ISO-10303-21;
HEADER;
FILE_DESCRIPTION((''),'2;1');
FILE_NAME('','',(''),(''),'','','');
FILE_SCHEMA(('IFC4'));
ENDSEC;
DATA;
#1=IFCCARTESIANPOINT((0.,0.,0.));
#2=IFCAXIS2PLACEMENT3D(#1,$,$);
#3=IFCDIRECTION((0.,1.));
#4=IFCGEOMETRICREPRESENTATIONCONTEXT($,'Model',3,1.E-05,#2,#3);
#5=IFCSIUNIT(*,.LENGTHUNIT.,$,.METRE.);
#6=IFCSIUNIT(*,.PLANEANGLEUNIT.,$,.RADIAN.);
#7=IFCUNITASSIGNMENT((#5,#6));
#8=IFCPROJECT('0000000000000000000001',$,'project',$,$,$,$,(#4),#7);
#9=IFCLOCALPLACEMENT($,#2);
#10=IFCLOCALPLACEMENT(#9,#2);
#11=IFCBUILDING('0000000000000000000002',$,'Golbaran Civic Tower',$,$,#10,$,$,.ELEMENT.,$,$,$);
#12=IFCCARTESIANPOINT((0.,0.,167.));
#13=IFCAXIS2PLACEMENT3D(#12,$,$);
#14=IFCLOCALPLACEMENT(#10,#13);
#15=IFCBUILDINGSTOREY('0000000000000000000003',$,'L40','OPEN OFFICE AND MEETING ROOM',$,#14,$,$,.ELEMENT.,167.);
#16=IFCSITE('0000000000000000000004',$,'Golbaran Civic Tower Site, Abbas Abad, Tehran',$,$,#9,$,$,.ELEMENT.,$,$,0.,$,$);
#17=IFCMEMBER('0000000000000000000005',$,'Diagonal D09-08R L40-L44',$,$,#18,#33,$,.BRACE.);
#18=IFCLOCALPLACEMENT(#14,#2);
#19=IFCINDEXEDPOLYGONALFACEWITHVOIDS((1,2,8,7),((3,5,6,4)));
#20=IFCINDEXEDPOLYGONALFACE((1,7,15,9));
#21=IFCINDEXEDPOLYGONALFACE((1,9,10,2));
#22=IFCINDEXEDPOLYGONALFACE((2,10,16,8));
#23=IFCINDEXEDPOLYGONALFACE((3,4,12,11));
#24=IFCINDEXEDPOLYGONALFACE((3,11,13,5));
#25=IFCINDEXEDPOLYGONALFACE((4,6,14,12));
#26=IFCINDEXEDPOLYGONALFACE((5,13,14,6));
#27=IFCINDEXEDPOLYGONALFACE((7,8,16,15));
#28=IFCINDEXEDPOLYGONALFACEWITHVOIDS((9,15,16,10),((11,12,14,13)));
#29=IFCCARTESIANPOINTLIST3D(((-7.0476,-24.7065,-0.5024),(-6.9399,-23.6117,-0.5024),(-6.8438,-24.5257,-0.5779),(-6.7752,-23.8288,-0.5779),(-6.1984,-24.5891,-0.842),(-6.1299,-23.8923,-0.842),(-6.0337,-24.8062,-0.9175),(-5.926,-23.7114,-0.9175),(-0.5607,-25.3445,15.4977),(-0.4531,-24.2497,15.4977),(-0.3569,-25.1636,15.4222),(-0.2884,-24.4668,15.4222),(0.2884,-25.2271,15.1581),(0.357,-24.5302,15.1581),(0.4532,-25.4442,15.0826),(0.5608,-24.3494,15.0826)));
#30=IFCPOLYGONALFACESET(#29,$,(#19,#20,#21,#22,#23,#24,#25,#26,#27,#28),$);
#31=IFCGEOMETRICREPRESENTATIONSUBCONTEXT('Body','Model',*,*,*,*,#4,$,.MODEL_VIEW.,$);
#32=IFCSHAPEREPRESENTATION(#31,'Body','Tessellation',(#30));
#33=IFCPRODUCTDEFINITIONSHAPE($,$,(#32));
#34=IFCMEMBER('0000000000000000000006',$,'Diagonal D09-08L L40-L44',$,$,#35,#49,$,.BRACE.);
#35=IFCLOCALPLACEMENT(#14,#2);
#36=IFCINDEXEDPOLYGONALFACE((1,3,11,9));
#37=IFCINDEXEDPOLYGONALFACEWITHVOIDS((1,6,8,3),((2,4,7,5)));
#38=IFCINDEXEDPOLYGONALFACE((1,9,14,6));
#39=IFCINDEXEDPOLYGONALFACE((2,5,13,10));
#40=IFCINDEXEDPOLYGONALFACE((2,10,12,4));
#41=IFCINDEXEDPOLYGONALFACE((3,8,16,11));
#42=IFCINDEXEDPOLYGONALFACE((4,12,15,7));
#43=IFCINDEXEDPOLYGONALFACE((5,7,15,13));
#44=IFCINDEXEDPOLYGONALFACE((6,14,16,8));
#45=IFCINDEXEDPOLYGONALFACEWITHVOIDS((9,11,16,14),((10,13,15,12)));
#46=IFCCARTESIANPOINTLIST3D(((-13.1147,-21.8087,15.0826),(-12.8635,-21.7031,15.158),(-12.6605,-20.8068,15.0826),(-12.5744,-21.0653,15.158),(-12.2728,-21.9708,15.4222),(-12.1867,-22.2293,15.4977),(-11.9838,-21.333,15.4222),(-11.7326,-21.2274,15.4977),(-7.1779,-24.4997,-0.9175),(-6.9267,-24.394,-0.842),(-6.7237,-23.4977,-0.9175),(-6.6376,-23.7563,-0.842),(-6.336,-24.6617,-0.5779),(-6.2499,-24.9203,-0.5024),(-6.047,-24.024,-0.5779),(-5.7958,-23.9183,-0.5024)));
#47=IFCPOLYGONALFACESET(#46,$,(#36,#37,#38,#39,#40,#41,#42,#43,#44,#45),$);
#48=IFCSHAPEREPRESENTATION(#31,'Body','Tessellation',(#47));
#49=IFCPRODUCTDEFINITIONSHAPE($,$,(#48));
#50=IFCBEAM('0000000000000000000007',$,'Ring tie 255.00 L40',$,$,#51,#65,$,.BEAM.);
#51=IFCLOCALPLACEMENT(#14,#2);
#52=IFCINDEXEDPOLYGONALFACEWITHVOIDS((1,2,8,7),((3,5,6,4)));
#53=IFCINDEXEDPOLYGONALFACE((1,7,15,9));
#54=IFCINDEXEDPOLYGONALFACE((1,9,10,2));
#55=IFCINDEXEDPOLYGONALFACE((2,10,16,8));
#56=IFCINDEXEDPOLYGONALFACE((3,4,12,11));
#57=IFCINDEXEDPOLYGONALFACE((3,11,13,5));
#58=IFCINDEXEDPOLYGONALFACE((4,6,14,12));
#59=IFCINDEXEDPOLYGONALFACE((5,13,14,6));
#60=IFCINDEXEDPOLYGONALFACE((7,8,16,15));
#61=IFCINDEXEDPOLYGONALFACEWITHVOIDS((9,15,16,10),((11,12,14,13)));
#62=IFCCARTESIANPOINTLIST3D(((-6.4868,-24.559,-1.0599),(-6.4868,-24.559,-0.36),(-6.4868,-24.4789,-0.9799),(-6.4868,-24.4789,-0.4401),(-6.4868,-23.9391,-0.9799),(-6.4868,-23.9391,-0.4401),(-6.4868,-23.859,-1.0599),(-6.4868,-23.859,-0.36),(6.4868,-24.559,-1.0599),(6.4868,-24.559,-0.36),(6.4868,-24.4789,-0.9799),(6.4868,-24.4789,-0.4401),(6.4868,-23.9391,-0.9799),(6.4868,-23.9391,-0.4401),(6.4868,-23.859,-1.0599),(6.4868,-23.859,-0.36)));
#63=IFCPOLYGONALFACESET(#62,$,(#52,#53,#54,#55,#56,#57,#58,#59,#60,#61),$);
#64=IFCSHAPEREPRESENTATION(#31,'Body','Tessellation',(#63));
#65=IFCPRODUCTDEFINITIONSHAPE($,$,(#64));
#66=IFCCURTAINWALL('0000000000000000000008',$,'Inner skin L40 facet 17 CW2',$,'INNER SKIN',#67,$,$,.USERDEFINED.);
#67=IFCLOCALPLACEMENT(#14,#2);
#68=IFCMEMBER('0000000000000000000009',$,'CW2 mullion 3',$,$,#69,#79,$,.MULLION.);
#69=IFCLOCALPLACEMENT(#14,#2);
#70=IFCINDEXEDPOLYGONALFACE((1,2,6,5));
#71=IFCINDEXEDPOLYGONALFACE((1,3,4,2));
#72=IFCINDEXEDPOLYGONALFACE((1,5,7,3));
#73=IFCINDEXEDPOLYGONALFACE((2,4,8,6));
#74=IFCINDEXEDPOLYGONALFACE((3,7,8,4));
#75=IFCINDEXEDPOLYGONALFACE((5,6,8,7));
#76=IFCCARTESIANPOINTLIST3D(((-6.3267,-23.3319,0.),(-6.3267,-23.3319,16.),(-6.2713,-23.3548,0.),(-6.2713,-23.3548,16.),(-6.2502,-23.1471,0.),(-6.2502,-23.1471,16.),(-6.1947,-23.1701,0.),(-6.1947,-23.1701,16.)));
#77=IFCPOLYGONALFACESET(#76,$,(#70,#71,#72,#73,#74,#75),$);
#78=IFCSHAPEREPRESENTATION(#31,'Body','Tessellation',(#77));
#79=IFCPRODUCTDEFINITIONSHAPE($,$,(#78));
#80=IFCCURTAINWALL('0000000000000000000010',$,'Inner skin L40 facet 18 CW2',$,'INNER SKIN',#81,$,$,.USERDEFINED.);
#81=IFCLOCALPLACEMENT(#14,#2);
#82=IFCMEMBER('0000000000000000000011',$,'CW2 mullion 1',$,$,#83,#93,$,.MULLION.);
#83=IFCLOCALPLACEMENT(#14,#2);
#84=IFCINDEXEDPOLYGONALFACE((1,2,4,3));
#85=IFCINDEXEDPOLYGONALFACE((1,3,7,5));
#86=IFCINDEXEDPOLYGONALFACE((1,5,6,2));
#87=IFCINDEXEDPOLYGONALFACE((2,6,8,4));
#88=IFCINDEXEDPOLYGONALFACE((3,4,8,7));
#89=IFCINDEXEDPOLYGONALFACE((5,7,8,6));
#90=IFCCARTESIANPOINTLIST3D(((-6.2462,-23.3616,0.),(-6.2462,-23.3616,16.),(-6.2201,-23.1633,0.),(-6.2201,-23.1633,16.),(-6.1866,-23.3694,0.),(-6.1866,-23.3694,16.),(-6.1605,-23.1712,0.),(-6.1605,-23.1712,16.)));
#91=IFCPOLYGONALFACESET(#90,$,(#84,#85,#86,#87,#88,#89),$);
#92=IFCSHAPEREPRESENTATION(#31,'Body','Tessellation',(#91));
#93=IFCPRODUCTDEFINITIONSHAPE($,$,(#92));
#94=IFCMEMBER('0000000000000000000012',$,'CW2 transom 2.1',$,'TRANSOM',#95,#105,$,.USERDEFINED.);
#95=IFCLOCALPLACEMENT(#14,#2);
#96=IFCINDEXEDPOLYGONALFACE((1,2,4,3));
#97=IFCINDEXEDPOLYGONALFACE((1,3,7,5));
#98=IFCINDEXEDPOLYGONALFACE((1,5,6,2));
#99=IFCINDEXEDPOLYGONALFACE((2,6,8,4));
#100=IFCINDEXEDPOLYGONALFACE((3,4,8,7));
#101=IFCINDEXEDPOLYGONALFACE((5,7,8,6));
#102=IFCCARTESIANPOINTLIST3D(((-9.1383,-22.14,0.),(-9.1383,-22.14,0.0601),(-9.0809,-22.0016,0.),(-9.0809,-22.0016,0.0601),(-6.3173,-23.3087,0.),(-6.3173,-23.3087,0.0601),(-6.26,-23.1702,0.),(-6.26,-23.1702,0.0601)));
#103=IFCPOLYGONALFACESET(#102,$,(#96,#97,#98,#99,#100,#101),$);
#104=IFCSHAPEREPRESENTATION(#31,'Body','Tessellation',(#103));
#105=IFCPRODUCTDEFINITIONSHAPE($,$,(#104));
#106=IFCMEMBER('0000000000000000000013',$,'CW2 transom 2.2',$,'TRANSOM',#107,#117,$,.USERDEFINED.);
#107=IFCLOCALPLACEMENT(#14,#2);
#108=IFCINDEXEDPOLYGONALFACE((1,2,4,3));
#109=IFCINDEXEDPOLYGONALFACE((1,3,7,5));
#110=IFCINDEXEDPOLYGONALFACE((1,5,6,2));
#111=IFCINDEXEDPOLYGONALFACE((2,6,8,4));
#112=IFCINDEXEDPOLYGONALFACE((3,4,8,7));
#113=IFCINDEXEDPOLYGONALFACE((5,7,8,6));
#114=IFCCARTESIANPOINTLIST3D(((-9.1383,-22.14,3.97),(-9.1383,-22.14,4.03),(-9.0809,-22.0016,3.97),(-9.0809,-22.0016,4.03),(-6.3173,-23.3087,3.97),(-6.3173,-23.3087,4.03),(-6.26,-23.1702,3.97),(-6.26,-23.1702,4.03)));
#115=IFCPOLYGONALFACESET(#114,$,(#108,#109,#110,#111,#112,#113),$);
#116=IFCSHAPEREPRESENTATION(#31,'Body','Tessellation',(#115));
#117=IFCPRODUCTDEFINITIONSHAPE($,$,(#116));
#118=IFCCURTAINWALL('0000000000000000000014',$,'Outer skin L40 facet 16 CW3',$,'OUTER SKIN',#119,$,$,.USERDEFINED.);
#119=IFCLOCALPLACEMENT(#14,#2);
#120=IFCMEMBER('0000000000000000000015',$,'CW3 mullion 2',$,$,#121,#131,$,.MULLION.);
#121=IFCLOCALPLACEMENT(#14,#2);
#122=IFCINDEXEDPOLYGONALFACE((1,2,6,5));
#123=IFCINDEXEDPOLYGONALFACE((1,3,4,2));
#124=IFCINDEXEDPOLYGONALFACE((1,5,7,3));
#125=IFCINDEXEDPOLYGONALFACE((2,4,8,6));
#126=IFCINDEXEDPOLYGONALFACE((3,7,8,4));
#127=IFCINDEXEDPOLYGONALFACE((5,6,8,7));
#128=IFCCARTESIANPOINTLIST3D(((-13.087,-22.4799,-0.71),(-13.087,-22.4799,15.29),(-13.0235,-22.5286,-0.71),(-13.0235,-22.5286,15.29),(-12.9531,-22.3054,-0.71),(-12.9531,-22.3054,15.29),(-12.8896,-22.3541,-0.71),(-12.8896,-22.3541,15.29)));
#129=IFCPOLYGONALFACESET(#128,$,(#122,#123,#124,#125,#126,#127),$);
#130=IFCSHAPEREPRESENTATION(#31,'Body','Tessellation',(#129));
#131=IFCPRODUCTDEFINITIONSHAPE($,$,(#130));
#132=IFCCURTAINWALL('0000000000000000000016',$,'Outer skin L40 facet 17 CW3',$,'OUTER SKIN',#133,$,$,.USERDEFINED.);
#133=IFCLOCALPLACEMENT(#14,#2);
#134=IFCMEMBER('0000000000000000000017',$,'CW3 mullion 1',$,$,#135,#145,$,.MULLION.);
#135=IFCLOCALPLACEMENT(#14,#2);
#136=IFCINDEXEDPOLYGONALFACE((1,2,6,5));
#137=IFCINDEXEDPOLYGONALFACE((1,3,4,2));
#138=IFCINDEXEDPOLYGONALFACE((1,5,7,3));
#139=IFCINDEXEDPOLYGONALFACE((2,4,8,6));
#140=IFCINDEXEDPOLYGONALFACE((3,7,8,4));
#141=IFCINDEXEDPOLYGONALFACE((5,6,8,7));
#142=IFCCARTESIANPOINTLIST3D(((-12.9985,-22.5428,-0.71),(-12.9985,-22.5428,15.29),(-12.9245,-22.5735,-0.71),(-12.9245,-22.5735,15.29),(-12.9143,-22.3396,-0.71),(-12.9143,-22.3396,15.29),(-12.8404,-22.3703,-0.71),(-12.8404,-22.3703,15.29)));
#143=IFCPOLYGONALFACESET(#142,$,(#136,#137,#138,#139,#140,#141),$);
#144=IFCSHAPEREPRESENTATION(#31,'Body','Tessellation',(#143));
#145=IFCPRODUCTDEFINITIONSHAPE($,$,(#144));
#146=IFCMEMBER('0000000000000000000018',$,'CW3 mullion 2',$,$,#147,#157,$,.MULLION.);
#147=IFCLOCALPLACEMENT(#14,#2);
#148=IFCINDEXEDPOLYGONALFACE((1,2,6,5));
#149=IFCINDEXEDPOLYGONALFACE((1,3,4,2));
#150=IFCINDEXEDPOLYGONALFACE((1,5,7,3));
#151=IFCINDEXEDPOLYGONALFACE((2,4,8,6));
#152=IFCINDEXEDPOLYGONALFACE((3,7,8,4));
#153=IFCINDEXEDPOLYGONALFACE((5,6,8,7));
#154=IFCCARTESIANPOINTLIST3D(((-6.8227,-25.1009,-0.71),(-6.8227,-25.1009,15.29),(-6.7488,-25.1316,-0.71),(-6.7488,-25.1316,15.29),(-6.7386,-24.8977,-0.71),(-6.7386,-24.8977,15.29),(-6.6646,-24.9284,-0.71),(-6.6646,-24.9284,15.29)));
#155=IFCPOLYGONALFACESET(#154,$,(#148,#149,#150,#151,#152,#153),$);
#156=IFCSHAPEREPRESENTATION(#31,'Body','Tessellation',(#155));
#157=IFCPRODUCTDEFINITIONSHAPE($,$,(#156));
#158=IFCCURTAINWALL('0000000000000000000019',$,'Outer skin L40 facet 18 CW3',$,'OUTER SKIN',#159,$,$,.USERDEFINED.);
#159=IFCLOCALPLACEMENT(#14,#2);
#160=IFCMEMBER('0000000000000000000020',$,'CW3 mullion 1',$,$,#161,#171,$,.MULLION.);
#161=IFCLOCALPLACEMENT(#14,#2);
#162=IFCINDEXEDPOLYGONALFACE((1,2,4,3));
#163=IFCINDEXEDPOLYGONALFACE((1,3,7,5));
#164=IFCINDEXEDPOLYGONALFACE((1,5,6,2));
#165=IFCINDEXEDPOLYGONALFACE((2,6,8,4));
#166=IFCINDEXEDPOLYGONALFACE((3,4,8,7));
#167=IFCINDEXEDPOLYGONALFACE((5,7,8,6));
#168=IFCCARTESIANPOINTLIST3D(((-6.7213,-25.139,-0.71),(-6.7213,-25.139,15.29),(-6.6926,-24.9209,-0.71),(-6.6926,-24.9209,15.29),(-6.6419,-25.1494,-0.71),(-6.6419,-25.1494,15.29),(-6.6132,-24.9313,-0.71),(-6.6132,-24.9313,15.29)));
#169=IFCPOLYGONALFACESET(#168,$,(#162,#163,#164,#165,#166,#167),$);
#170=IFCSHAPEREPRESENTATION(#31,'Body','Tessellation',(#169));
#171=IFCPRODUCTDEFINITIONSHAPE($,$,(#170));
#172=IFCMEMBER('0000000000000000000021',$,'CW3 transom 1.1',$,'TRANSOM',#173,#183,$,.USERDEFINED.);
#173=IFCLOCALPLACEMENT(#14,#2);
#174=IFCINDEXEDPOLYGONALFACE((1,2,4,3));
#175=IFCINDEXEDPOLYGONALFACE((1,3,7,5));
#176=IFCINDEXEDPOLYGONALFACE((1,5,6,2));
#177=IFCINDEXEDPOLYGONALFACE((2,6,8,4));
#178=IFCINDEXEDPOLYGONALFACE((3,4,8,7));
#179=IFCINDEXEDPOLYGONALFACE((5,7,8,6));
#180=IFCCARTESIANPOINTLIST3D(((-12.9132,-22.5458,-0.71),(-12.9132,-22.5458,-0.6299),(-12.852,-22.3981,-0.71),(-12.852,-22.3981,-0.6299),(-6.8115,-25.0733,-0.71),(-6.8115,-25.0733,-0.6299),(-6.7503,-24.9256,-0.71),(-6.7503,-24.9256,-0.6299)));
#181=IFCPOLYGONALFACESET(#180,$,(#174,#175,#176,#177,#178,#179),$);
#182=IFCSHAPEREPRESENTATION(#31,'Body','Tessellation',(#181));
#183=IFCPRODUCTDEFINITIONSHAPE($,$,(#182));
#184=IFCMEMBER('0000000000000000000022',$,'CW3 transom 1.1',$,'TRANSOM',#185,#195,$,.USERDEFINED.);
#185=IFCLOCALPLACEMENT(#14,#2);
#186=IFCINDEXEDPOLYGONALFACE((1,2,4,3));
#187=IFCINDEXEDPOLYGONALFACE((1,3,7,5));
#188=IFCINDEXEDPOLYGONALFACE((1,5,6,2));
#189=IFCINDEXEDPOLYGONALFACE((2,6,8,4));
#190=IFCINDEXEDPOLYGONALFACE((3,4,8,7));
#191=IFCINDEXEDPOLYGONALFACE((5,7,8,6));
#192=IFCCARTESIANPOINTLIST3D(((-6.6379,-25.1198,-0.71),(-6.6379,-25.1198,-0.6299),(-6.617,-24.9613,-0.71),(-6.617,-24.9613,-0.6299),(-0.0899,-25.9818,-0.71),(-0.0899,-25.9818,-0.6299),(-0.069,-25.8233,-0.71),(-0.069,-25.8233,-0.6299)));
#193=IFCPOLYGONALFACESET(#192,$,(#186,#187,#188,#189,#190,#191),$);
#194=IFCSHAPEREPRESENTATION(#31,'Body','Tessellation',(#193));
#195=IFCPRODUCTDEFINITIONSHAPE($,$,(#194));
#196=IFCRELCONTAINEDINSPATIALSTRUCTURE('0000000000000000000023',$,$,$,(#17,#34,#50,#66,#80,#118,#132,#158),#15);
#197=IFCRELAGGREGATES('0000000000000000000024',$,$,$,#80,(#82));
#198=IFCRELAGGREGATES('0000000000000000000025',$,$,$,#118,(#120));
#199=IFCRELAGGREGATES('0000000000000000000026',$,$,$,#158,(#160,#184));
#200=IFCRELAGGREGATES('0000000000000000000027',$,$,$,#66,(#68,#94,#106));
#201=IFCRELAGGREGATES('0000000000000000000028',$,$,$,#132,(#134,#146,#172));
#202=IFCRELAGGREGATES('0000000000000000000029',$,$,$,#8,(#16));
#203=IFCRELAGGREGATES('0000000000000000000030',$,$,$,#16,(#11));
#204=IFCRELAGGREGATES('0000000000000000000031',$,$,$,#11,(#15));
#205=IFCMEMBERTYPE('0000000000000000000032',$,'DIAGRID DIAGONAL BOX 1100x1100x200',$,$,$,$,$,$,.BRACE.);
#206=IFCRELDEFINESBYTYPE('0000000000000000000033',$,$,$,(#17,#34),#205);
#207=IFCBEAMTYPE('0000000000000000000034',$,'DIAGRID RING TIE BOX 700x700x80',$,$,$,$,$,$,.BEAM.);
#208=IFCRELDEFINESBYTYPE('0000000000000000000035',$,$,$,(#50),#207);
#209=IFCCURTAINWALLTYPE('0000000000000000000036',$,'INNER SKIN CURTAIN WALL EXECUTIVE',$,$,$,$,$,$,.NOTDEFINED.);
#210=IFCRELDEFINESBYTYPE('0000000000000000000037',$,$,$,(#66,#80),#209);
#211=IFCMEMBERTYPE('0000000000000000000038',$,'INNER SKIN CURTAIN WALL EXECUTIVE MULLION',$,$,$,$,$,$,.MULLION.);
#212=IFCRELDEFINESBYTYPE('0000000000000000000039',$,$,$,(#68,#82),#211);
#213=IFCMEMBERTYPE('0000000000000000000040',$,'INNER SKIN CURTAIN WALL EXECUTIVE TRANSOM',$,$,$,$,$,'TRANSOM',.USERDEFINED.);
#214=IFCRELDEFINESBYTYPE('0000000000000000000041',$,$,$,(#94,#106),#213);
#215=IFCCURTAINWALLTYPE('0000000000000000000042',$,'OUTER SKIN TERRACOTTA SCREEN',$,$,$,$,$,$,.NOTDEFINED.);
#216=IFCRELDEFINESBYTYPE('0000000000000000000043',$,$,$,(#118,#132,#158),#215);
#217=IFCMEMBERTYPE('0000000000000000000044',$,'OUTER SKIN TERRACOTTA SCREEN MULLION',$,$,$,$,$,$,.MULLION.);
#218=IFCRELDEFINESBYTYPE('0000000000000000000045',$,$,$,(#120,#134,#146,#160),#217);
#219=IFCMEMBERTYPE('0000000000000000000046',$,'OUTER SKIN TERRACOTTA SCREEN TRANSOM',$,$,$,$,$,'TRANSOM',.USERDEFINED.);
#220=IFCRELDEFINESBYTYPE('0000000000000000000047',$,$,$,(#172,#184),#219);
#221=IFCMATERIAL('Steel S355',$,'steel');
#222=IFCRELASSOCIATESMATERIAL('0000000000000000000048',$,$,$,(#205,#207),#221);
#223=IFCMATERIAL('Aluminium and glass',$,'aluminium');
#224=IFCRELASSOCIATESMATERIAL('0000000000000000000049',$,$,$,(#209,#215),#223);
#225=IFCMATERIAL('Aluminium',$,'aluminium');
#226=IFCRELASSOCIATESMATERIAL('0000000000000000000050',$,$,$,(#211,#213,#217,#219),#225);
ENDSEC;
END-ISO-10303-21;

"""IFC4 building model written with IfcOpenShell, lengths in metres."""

from ifc_helpers import new_model, si_unit, direction, frame, origin, origin_2d, place, context, subcontext, project, spatial, rectangle, hollow_rectangle, extrude, material, material_profile, profile_set, type_object, element, aggregate, save


model = new_model("IFC4")

# Units and contexts
model_context = context("Model", 3, precision=1e-05, world=origin(), true_north=direction((0.0, 1.0)))
body_context = subcontext(model_context, "Body", "Model", "MODEL_VIEW")
ifc_project = project(units=[si_unit("LENGTHUNIT", "METRE"), si_unit("PLANEANGLEUNIT", "RADIAN")], contexts=[model_context])

# Site, building, storey
site_placement = place(None, origin())
site = spatial("IfcSite", under=ifc_project, at=site_placement, Name="Golbaran Civic Tower Site, Abbas Abad, Tehran", CompositionType="ELEMENT", RefElevation=0.0)
building_placement = place(site_placement, origin())
building = spatial("IfcBuilding", under=site, at=building_placement, Name="Golbaran Civic Tower", CompositionType="ELEMENT")
storey_placement = place(building_placement, frame((0.0, 0.0, 167.0)))
storey = spatial("IfcBuildingStorey", under=building, at=storey_placement, Name="L40", Description="OPEN OFFICE AND MEETING ROOM", CompositionType="ELEMENT", Elevation=167.0)

# Members
ifc_material_1 = material(Name="Steel S355", Category="steel")
ifc_material_profile_1 = material_profile(ifc_material_1, hollow_rectangle(XDim=1.1001, YDim=1.1001, WallThickness=0.2, at=origin_2d()), Name="BOX 1100x1100x200")
ifc_profile_set_1 = profile_set([ifc_material_profile_1], Name="Steel S355")
member_type_1 = type_object("IfcMemberType", Name="DIAGRID DIAGONAL BOX 1100x1100x200", PredefinedType="BRACE", material=ifc_profile_set_1)
for number, where, z_axis, x_axis, name in (
    (1, (-6.4868, -24.209, -0.71), (0.375465, -0.036925, 0.926101), (0.097872, 0.995199, 0.0), "Diagonal D09-08R L40-L44"),
    (2, (-6.4868, -24.209, -0.71), (-0.343627, 0.155754, 0.9261), (-0.412835, -0.910806, 0.0), "Diagonal D09-08L L40-L44"),
):
    element("IfcMember", number, at=place(storey_placement, frame(where, z_axis=z_axis, x_axis=x_axis)), inside=storey, type_object=member_type_1, Name=name, PredefinedType="BRACE", context=body_context, shape_type="SweptSolid", body=[
        extrude(hollow_rectangle(XDim=1.1001, YDim=1.1001, WallThickness=0.2, at=origin_2d()), origin(), (0.0, 0.0, 1.0), 17.2769),
    ])

# Beam
ifc_material_profile_2 = material_profile(ifc_material_1, hollow_rectangle(XDim=0.7, YDim=0.7, WallThickness=0.0801, at=origin_2d()), Name="BOX 700x700x80")
ifc_profile_set_2 = profile_set([ifc_material_profile_2], Name="Steel S355")
beam_type = type_object("IfcBeamType", Name="DIAGRID RING TIE BOX 700x700x80", PredefinedType="BEAM", material=ifc_profile_set_2)
beam_placement = place(storey_placement, frame((-6.4868, -24.209, -0.71), z_axis=(1.0, 0.0, 0.0), x_axis=(0.0, 1.0, 0.0)))
element("IfcBeam", 3, at=beam_placement, inside=storey, type_object=beam_type, Name="Ring tie 255.00 L40", PredefinedType="BEAM", context=body_context, shape_type="SweptSolid", body=[
    extrude(hollow_rectangle(XDim=0.7, YDim=0.7, WallThickness=0.0801, at=origin_2d()), origin(), (0.0, 0.0, 1.0), 12.9736),
])

# Curtain walls, members
ifc_material_2 = material(Name="Aluminium and glass", Category="aluminium")
curtain_wall_type_1 = type_object("IfcCurtainWallType", Name="INNER SKIN CURTAIN WALL EXECUTIVE", PredefinedType="NOTDEFINED", material=ifc_material_2)
curtain_wall_1_placement = place(storey_placement, origin())
curtain_wall_1 = element("IfcCurtainWall", 4, at=curtain_wall_1_placement, inside=storey, type_object=curtain_wall_type_1, Name="Inner skin L40 facet 17 CW2", ObjectType="INNER SKIN", PredefinedType="USERDEFINED")
ifc_material_3 = material(Name="Aluminium", Category="aluminium")
ifc_material_profile_3 = material_profile(ifc_material_3, rectangle(XDim=0.2, YDim=0.0601, at=origin_2d()), Name="INNER SKIN CURTAIN WALL EXECUTIVE MULLION")
ifc_profile_set_3 = profile_set([ifc_material_profile_3], Name="Aluminium")
member_type_2 = type_object("IfcMemberType", Name="INNER SKIN CURTAIN WALL EXECUTIVE MULLION", PredefinedType="MULLION", material=ifc_profile_set_3)
member_1_placement = place(storey_placement, frame((-6.2607, -23.251, 0.0), z_axis=(0.0, 0.0, 1.0), x_axis=(0.382683, 0.92388, 0.0)))
member_1 = element("IfcMember", 5, at=member_1_placement, type_object=member_type_2, Name="CW2 mullion 3", PredefinedType="MULLION", context=body_context, shape_type="SweptSolid", body=[
    extrude(rectangle(XDim=0.2, YDim=0.0601, at=origin_2d()), origin(), (0.0, 0.0, 1.0), 16.0),
])
curtain_wall_2_placement = place(storey_placement, origin())
curtain_wall_2 = element("IfcCurtainWall", 6, at=curtain_wall_2_placement, inside=storey, type_object=curtain_wall_type_1, Name="Inner skin L40 facet 18 CW2", ObjectType="INNER SKIN", PredefinedType="USERDEFINED")
member_2_placement = place(storey_placement, frame((-6.2034, -23.2664, 0.0), z_axis=(0.0, 0.0, 1.0), x_axis=(0.130526, 0.991445, 0.0)))
member_2 = element("IfcMember", 7, at=member_2_placement, type_object=member_type_2, Name="CW2 mullion 1", PredefinedType="MULLION", context=body_context, shape_type="SweptSolid", body=[
    extrude(rectangle(XDim=0.2, YDim=0.0601, at=origin_2d()), origin(), (0.0, 0.0, 1.0), 16.0),
])
aggregate(curtain_wall_2, [member_2])

# Members
ifc_material_profile_4 = material_profile(ifc_material_3, rectangle(XDim=0.1499, YDim=0.0601, at=origin_2d()), Name="INNER SKIN CURTAIN WALL EXECUTIVE TRANSOM")
ifc_profile_set_4 = profile_set([ifc_material_profile_4], Name="Aluminium")
member_type_3 = type_object("IfcMemberType", Name="INNER SKIN CURTAIN WALL EXECUTIVE TRANSOM", ElementType="TRANSOM", PredefinedType="USERDEFINED", material=ifc_profile_set_4)
member_3_placement = place(storey_placement, frame((-9.1096, -22.0708, 0.03), z_axis=(0.923858, -0.382735, 0.0), x_axis=(0.382735, 0.923858, 0.0)))
member_3 = element("IfcMember", 8, at=member_3_placement, type_object=member_type_3, Name="CW2 transom 2.1", ObjectType="TRANSOM", PredefinedType="USERDEFINED", context=body_context, shape_type="SweptSolid", body=[
    extrude(rectangle(XDim=0.1499, YDim=0.0601, at=origin_2d()), origin(), (0.0, 0.0, 1.0), 3.0535),
])
member_4_placement = place(storey_placement, frame((-9.1096, -22.0708, 4.0), z_axis=(0.923858, -0.382735, 0.0), x_axis=(0.382735, 0.923858, 0.0)))
member_4 = element("IfcMember", 9, at=member_4_placement, type_object=member_type_3, Name="CW2 transom 2.2", ObjectType="TRANSOM", PredefinedType="USERDEFINED", context=body_context, shape_type="SweptSolid", body=[
    extrude(rectangle(XDim=0.1499, YDim=0.0601, at=origin_2d()), origin(), (0.0, 0.0, 1.0), 3.0535),
])

# Curtain wall, member
curtain_wall_type_2 = type_object("IfcCurtainWallType", Name="OUTER SKIN TERRACOTTA SCREEN", PredefinedType="NOTDEFINED", material=ifc_material_2)
curtain_wall_3_placement = place(storey_placement, origin())
curtain_wall_3 = element("IfcCurtainWall", 10, at=curtain_wall_3_placement, inside=storey, type_object=curtain_wall_type_2, Name="Outer skin L40 facet 16 CW3", ObjectType="OUTER SKIN", PredefinedType="USERDEFINED")
ifc_material_profile_5 = material_profile(ifc_material_3, rectangle(XDim=0.22, YDim=0.0801, at=origin_2d()), Name="OUTER SKIN TERRACOTTA SCREEN MULLION")
ifc_profile_set_5 = profile_set([ifc_material_profile_5], Name="Aluminium")
member_type_4 = type_object("IfcMemberType", Name="OUTER SKIN TERRACOTTA SCREEN MULLION", PredefinedType="MULLION", material=ifc_profile_set_5)
member_5_placement = place(storey_placement, frame((-12.9883, -22.417, -0.71), z_axis=(0.0, 0.0, 1.0), x_axis=(0.608761, 0.793353, 0.0)))
member_5 = element("IfcMember", 11, at=member_5_placement, type_object=member_type_4, Name="CW3 mullion 2", PredefinedType="MULLION", context=body_context, shape_type="SweptSolid", body=[
    extrude(rectangle(XDim=0.22, YDim=0.0801, at=origin_2d()), origin(), (0.0, 0.0, 1.0), 16.0),
])
aggregate(curtain_wall_3, [member_5])

# Curtain wall, members
curtain_wall_4_placement = place(storey_placement, origin())
curtain_wall_4 = element("IfcCurtainWall", 12, at=curtain_wall_4_placement, inside=storey, type_object=curtain_wall_type_2, Name="Outer skin L40 facet 17 CW3", ObjectType="OUTER SKIN", PredefinedType="USERDEFINED")
member_6_placement = place(storey_placement, frame((-12.9194, -22.4565, -0.71), z_axis=(0.0, 0.0, 1.0), x_axis=(0.382683, 0.92388, 0.0)))
member_6 = element("IfcMember", 13, at=member_6_placement, type_object=member_type_4, Name="CW3 mullion 1", PredefinedType="MULLION", context=body_context, shape_type="SweptSolid", body=[
    extrude(rectangle(XDim=0.22, YDim=0.0801, at=origin_2d()), origin(), (0.0, 0.0, 1.0), 16.0),
])
member_7_placement = place(storey_placement, frame((-6.7437, -25.0146, -0.71), z_axis=(0.0, 0.0, 1.0), x_axis=(0.382683, 0.92388, 0.0)))
member_7 = element("IfcMember", 14, at=member_7_placement, type_object=member_type_4, Name="CW3 mullion 2", PredefinedType="MULLION", context=body_context, shape_type="SweptSolid", body=[
    extrude(rectangle(XDim=0.22, YDim=0.0801, at=origin_2d()), origin(), (0.0, 0.0, 1.0), 16.0),
])

# Curtain wall, member
curtain_wall_5_placement = place(storey_placement, origin())
curtain_wall_5 = element("IfcCurtainWall", 15, at=curtain_wall_5_placement, inside=storey, type_object=curtain_wall_type_2, Name="Outer skin L40 facet 18 CW3", ObjectType="OUTER SKIN", PredefinedType="USERDEFINED")
member_8_placement = place(storey_placement, frame((-6.6672, -25.0352, -0.71), z_axis=(0.0, 0.0, 1.0), x_axis=(0.130526, 0.991445, 0.0)))
member_8 = element("IfcMember", 16, at=member_8_placement, type_object=member_type_4, Name="CW3 mullion 1", PredefinedType="MULLION", context=body_context, shape_type="SweptSolid", body=[
    extrude(rectangle(XDim=0.22, YDim=0.0801, at=origin_2d()), origin(), (0.0, 0.0, 1.0), 16.0),
])

# Members
ifc_material_profile_6 = material_profile(ifc_material_3, rectangle(XDim=0.1599, YDim=0.0801, at=origin_2d()), Name="OUTER SKIN TERRACOTTA SCREEN TRANSOM")
ifc_profile_set_6 = profile_set([ifc_material_profile_6], Name="Aluminium")
member_type_5 = type_object("IfcMemberType", Name="OUTER SKIN TERRACOTTA SCREEN TRANSOM", ElementType="TRANSOM", PredefinedType="USERDEFINED", material=ifc_profile_set_6)
member_9_placement = place(storey_placement, frame((-12.8826, -22.4719, -0.6699), z_axis=(0.923872, -0.382701, 0.0), x_axis=(0.382701, 0.923872, 0.0)))
member_9 = element("IfcMember", 17, at=member_9_placement, type_object=member_type_5, Name="CW3 transom 1.1", ObjectType="TRANSOM", PredefinedType="USERDEFINED", context=body_context, shape_type="SweptSolid", body=[
    extrude(rectangle(XDim=0.1599, YDim=0.0801, at=origin_2d()), origin(), (0.0, 0.0, 1.0), 6.6045),
])
member_10_placement = place(storey_placement, frame((-6.6274, -25.0405, -0.6699), z_axis=(0.991445, -0.130524, 0.0), x_axis=(0.130524, 0.991445, 0.0)))
member_10 = element("IfcMember", 18, at=member_10_placement, type_object=member_type_5, Name="CW3 transom 1.1", ObjectType="TRANSOM", PredefinedType="USERDEFINED", context=body_context, shape_type="SweptSolid", body=[
    extrude(rectangle(XDim=0.1599, YDim=0.0801, at=origin_2d()), origin(), (0.0, 0.0, 1.0), 6.6045),
])
aggregate(curtain_wall_5, [member_8, member_10])

aggregate(curtain_wall_1, [member_1, member_3, member_4])
aggregate(curtain_wall_4, [member_6, member_7, member_9])

save(model, "model.ifc")
